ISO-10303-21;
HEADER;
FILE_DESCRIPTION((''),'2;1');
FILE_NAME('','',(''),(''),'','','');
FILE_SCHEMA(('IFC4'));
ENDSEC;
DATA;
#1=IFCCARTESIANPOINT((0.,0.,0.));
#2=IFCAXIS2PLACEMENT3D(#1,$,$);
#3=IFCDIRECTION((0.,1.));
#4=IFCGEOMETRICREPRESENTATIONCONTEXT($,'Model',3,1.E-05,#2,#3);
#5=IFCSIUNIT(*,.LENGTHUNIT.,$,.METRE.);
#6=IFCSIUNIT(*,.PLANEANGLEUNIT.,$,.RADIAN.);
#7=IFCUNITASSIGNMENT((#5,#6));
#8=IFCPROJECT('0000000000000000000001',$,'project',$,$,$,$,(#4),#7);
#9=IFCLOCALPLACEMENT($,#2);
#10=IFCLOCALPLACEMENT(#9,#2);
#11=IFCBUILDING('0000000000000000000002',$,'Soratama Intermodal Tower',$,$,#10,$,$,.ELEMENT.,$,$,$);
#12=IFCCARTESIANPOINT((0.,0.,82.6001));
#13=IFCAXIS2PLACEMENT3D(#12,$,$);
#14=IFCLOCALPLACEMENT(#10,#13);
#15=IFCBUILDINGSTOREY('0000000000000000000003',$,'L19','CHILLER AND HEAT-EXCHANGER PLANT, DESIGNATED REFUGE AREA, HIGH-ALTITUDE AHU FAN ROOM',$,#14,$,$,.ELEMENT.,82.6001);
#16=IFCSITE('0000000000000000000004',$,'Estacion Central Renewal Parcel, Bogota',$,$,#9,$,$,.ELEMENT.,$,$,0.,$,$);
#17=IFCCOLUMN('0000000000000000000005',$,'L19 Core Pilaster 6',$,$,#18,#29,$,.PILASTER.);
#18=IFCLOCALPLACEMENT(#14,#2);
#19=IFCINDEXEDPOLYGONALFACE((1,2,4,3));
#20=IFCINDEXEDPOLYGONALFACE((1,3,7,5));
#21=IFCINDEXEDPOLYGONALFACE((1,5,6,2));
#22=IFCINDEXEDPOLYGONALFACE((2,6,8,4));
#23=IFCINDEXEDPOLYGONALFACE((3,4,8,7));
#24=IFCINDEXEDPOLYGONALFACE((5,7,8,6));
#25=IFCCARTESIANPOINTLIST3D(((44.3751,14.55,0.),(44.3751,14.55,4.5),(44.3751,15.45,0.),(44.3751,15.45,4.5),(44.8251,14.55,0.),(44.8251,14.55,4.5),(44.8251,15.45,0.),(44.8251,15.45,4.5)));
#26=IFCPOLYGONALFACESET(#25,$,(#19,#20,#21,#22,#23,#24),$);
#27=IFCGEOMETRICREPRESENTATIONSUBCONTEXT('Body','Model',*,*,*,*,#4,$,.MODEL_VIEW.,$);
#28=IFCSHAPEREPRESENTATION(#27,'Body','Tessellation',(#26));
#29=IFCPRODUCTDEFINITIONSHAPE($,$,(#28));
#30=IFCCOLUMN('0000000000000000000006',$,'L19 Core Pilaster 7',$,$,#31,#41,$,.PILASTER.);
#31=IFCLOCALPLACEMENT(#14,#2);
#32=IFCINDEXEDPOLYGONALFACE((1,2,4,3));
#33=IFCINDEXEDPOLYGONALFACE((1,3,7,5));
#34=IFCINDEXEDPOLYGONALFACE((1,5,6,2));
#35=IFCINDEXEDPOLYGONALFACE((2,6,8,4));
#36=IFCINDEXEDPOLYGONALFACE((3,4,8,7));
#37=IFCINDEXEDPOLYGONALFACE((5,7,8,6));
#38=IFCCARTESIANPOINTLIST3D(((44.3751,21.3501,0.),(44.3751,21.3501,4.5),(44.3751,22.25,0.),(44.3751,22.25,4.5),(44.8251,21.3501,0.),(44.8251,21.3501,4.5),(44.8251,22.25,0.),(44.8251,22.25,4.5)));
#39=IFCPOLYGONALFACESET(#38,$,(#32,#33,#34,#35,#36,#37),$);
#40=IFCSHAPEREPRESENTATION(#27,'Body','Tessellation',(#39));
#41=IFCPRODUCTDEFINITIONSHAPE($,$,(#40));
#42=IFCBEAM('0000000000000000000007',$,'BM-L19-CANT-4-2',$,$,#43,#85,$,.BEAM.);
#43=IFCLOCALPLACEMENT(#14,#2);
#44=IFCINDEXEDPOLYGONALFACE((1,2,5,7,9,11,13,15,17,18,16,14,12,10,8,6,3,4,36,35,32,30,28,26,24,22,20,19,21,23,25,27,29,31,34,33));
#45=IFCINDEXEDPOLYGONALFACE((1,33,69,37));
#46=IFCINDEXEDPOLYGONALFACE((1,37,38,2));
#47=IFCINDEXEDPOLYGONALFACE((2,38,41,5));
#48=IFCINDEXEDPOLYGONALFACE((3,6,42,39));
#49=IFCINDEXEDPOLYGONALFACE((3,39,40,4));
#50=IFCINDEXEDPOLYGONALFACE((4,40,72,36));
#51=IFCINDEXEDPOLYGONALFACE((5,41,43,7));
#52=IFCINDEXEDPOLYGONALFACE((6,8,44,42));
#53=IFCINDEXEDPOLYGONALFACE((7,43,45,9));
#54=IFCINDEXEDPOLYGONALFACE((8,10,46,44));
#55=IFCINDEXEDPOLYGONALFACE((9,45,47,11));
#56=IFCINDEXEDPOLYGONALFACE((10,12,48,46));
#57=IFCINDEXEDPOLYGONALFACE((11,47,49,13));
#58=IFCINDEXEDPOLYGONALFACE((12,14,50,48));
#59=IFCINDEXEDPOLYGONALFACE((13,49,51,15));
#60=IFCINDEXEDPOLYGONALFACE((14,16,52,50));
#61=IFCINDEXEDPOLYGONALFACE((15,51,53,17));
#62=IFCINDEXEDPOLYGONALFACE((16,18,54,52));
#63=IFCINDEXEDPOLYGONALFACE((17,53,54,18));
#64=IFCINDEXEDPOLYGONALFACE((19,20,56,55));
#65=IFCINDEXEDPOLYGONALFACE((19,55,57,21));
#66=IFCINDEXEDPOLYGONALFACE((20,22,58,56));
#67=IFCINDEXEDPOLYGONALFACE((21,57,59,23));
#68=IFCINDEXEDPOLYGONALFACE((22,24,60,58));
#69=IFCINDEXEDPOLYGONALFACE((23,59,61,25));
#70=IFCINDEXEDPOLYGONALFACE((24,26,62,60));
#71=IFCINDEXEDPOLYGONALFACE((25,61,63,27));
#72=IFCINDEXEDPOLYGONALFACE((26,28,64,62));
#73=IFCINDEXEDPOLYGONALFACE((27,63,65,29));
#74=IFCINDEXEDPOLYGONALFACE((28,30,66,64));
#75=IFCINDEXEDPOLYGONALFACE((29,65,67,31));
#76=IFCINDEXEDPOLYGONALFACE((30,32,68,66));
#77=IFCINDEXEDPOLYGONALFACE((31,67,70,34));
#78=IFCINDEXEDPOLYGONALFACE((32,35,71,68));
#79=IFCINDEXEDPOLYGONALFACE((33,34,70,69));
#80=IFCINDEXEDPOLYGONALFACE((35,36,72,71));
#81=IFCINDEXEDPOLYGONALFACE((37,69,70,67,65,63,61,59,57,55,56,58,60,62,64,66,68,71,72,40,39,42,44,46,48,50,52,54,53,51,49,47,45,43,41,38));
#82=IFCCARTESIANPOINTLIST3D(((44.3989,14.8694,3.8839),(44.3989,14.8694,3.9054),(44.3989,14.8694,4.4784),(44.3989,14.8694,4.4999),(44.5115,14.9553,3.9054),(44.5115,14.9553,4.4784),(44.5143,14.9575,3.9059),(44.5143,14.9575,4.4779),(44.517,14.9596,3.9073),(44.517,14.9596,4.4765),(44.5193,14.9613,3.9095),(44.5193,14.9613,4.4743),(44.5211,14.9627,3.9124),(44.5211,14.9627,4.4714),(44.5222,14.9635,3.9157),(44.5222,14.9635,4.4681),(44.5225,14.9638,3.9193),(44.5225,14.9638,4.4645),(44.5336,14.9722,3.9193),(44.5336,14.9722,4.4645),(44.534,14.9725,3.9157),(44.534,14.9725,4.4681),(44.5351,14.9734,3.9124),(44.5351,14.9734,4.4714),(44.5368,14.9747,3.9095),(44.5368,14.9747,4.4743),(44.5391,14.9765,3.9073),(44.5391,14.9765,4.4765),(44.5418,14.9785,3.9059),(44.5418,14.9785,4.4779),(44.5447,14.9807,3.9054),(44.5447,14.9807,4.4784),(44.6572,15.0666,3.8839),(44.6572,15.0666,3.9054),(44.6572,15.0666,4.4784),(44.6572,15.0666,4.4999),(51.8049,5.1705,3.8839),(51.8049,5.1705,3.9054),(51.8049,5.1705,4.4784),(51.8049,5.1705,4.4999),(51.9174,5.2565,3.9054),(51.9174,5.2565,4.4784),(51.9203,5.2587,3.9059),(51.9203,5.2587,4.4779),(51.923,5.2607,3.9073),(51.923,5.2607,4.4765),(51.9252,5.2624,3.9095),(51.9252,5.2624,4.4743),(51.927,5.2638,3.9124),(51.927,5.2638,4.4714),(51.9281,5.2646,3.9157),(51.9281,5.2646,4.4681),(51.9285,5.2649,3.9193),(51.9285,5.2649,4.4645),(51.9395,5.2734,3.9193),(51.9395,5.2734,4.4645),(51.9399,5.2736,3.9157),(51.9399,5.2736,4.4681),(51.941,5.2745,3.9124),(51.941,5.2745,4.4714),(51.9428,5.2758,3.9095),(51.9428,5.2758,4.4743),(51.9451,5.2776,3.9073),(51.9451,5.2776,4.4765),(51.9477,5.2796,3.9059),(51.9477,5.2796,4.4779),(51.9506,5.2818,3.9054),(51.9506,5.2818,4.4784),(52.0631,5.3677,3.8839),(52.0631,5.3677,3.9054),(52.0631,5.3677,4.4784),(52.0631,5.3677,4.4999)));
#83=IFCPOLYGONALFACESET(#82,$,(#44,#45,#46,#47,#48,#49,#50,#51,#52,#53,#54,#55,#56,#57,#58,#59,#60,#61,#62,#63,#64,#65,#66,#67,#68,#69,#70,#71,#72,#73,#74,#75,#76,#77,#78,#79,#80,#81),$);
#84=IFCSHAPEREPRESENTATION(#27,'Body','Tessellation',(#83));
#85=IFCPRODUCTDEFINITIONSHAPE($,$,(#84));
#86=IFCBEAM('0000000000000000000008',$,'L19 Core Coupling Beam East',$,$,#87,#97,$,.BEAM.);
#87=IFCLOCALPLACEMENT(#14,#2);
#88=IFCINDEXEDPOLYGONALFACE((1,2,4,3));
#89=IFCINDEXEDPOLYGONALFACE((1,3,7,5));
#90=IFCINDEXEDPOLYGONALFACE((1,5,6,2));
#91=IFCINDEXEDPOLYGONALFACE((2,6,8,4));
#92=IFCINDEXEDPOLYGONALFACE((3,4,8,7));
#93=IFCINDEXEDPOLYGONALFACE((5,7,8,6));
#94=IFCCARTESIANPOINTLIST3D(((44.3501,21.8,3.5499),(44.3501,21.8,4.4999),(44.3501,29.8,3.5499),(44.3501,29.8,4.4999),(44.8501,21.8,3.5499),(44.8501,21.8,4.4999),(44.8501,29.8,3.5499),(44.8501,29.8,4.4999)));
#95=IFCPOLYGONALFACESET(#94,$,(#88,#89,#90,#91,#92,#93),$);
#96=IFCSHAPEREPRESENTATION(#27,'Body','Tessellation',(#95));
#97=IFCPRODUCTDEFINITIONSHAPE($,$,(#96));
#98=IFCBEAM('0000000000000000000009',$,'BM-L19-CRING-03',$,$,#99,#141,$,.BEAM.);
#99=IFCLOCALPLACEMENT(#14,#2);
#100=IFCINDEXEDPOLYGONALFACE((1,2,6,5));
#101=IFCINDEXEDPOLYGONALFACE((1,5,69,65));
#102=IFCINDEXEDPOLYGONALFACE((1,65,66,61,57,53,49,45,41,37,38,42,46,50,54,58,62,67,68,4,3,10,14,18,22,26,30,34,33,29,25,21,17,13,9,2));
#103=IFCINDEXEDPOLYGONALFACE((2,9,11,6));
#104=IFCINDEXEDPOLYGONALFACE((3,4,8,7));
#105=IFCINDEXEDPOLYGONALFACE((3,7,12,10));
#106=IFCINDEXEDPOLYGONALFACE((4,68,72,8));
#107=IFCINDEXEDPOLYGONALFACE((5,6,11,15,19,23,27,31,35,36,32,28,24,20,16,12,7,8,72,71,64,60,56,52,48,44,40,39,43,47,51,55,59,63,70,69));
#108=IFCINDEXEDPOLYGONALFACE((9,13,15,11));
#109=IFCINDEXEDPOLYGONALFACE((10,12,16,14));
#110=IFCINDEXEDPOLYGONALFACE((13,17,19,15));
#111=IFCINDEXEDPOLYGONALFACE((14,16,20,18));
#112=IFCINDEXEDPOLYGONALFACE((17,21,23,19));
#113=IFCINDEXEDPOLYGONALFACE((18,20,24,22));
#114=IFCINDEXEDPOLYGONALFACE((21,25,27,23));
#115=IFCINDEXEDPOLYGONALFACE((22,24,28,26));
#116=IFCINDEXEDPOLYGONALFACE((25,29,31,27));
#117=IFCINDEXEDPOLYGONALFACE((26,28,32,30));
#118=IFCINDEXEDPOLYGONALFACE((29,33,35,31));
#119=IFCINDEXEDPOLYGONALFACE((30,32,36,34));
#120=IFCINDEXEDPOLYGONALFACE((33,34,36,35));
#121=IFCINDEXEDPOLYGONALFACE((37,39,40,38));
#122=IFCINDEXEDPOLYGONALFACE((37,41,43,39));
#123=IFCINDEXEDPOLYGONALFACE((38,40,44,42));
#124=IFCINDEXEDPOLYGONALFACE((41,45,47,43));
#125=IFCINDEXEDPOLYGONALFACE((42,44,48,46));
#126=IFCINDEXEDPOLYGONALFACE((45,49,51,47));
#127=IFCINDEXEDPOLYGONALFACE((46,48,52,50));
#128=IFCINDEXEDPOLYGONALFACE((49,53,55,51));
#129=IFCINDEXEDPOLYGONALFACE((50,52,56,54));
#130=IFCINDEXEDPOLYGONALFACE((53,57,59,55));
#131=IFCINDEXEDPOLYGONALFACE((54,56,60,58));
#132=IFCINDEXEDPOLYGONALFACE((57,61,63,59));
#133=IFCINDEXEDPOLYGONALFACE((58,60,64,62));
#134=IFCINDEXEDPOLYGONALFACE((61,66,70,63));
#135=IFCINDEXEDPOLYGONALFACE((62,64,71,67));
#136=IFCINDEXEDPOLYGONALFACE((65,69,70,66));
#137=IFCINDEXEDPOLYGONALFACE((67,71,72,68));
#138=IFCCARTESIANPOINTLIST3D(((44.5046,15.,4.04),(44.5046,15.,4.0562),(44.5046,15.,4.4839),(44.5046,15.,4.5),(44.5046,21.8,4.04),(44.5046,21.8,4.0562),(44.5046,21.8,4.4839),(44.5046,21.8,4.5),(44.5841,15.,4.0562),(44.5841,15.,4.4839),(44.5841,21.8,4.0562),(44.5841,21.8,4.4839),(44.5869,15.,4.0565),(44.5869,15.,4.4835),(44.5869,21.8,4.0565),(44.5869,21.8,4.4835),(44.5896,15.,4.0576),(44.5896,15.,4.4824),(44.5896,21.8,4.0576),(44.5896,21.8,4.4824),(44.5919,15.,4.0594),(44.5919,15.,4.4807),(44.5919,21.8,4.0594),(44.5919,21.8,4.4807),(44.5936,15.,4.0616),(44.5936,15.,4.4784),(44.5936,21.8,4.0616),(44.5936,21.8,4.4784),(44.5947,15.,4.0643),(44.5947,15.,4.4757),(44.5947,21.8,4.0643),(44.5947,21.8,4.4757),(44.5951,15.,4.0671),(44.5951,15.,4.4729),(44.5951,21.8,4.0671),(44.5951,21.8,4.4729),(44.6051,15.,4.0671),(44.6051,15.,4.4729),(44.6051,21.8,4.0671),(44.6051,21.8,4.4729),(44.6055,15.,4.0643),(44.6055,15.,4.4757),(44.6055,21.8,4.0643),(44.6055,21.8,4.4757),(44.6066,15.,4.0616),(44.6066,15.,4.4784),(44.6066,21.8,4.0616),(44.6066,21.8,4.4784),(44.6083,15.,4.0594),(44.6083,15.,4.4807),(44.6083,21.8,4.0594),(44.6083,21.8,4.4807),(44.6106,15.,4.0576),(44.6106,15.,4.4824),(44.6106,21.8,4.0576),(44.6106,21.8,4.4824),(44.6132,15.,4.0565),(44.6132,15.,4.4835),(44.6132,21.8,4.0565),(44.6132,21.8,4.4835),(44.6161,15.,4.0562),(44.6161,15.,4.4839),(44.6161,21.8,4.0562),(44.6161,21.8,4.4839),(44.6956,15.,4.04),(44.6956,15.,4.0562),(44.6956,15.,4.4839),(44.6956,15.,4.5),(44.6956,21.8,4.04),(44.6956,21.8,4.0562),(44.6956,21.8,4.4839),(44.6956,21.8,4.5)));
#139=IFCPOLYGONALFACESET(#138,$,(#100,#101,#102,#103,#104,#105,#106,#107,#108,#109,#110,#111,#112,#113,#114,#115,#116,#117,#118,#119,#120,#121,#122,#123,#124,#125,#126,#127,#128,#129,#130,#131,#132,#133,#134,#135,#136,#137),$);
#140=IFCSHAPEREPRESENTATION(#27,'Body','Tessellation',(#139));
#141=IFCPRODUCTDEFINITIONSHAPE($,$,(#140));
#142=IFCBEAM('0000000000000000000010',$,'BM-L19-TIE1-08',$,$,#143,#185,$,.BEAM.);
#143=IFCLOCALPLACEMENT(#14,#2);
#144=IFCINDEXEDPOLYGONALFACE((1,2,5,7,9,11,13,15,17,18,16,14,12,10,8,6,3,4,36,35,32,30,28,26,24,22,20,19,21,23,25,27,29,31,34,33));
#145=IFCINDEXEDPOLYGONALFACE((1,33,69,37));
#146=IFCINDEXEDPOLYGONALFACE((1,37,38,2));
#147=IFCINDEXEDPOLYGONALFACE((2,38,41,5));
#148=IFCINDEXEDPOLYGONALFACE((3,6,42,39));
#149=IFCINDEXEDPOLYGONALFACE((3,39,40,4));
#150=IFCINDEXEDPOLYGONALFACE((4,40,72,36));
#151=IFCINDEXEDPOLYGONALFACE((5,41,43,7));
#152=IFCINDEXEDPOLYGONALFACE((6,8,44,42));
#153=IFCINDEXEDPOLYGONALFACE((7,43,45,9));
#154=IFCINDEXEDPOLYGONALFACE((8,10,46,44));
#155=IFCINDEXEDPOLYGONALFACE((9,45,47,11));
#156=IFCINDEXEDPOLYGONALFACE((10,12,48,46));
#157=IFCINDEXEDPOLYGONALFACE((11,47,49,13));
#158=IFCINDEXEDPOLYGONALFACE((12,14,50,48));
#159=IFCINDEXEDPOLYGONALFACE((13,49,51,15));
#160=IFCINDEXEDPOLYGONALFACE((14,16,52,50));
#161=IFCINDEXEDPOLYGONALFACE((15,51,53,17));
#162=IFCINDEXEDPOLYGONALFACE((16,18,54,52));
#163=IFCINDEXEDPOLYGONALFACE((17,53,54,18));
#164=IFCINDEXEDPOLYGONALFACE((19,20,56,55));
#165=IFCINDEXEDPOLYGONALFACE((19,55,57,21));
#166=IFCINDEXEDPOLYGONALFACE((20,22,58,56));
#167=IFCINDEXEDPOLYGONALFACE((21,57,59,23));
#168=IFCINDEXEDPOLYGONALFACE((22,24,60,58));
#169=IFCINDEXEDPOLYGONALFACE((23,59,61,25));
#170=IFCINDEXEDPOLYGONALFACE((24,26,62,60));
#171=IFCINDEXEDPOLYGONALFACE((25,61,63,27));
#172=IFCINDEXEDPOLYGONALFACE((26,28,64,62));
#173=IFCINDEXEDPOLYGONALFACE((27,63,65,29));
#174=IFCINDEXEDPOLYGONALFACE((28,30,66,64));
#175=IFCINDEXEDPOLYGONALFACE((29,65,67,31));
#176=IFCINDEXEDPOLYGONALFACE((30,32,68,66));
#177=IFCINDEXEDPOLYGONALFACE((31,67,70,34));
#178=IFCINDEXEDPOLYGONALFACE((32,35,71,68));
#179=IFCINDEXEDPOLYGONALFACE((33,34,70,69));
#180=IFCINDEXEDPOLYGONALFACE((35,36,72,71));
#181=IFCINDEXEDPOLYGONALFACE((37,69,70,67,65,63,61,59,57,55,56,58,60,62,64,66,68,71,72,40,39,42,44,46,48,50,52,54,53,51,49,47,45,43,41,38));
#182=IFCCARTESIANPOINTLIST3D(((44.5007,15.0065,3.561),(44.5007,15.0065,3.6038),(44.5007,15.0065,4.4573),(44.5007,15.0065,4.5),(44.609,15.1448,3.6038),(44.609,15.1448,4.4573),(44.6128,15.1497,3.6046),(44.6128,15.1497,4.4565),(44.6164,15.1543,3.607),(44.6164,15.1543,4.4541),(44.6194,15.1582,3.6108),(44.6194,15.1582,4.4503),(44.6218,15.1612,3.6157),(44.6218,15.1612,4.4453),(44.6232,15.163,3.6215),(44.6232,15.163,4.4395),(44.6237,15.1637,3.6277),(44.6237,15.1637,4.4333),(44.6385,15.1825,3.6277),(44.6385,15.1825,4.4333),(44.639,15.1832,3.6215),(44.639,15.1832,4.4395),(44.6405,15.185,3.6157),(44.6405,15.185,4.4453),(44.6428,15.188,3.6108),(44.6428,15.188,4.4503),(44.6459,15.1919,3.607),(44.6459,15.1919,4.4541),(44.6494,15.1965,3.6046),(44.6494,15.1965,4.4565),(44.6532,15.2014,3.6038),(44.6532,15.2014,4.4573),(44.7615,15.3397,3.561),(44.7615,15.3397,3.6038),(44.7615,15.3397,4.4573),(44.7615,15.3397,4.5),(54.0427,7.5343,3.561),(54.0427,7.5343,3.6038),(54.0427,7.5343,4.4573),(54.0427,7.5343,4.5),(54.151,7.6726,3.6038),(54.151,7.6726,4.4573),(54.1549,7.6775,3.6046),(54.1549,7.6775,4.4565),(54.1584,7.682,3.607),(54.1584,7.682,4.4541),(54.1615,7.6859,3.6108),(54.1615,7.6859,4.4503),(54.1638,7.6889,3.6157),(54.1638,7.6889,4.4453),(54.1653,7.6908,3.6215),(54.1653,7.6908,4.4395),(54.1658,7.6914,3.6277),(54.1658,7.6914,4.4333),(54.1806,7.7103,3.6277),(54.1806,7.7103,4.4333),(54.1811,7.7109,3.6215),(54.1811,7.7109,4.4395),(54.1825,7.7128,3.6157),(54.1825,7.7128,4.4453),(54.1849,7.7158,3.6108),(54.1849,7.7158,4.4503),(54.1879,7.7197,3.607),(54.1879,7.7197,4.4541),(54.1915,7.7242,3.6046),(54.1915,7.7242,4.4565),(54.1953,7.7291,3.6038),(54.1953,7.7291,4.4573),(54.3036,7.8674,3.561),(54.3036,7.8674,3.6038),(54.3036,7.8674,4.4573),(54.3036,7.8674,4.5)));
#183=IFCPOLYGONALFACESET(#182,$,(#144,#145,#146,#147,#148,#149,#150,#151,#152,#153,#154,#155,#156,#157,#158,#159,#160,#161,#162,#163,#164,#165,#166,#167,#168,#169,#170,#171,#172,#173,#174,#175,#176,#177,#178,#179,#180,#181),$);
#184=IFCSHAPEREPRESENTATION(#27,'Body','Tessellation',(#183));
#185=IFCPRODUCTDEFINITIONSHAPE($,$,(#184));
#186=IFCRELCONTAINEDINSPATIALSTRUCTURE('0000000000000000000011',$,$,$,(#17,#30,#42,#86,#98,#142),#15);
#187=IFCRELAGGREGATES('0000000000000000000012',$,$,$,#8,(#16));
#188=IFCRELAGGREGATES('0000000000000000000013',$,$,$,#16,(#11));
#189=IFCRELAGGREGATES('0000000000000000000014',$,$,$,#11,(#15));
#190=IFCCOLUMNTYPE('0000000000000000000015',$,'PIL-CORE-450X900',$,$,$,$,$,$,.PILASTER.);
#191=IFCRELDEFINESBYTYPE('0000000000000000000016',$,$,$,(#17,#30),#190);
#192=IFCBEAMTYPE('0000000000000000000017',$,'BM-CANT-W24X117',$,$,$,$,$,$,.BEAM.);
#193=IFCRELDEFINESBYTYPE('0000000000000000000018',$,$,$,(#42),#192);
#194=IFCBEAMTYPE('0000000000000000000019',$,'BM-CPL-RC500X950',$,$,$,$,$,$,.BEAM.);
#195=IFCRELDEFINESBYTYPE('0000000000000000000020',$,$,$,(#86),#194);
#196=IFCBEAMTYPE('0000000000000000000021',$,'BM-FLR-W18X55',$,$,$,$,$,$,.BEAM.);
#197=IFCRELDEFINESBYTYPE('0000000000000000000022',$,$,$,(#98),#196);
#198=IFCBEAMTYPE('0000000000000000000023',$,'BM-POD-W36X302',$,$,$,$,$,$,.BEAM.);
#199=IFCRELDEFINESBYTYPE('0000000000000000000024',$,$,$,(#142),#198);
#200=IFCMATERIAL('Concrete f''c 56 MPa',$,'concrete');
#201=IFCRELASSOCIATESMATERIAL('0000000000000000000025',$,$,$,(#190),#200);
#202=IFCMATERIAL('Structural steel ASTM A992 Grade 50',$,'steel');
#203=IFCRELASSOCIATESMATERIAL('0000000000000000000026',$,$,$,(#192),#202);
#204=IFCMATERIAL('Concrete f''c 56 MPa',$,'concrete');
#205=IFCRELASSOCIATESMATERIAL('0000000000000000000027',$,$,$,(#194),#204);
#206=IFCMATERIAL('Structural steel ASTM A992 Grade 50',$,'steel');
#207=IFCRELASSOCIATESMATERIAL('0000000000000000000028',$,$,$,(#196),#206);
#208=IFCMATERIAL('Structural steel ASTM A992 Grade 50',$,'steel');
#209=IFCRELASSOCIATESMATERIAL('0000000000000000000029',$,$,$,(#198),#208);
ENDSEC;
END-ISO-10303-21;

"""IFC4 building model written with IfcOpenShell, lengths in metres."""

from ifc_helpers import new_model, si_unit, direction, frame, origin, origin_2d, place, context, subcontext, project, spatial, rectangle, i_section, extrude, material, material_profile, profile_set, type_object, element, save


model = new_model("IFC4")

# Units and contexts
model_context = context("Model", 3, precision=1e-05, world=origin(), true_north=direction((0.0, 1.0)))
body_context = subcontext(model_context, "Body", "Model", "MODEL_VIEW")
ifc_project = project(units=[si_unit("LENGTHUNIT", "METRE"), si_unit("PLANEANGLEUNIT", "RADIAN")], contexts=[model_context])

# Site, building, storey
site_placement = place(None, origin())
site = spatial("IfcSite", under=ifc_project, at=site_placement, Name="Estacion Central Renewal Parcel, Bogota", CompositionType="ELEMENT", RefElevation=0.0)
building_placement = place(site_placement, origin())
building = spatial("IfcBuilding", under=site, at=building_placement, Name="Soratama Intermodal Tower", CompositionType="ELEMENT")
storey_placement = place(building_placement, frame((0.0, 0.0, 82.6001)))
storey = spatial("IfcBuildingStorey", under=building, at=storey_placement, Name="L19", Description="CHILLER AND HEAT-EXCHANGER PLANT, DESIGNATED REFUGE AREA, HIGH-ALTITUDE AHU FAN ROOM", CompositionType="ELEMENT", Elevation=82.6001)

# Columns
ifc_material_1 = material(Name="Concrete f'c 56 MPa", Category="concrete")
ifc_material_profile_1 = material_profile(ifc_material_1, rectangle(XDim=0.45, YDim=0.8999, at=origin_2d()), Name="RC450X900")
ifc_profile_set_1 = profile_set([ifc_material_profile_1], Name="Concrete f'c 56 MPa")
column_type = type_object("IfcColumnType", Name="PIL-CORE-450X900", PredefinedType="PILASTER", material=ifc_profile_set_1)
for number, where, z_axis, x_axis, name in (
    (1, (44.6001, 15.0, 0.0), (0.0, 0.0, 1.0), (1.0, 0.0, 0.0), "L19 Core Pilaster 6"),
    (2, (44.6001, 21.8, 0.0), (0.0, 0.0, 1.0), (1.0, 0.0, 0.0), "L19 Core Pilaster 7"),
):
    element("IfcColumn", number, at=place(storey_placement, frame(where, z_axis=z_axis, x_axis=x_axis)), inside=storey, type_object=column_type, Name=name, PredefinedType="PILASTER", context=body_context, shape_type="SweptSolid", body=[
        extrude(rectangle(XDim=0.45, YDim=0.8999, at=origin_2d()), origin(), (0.0, 0.0, 1.0), 4.5),
    ])

# Beams
ifc_material_2 = material(Name="Structural steel ASTM A992 Grade 50", Category="steel")
ifc_material_profile_2 = material_profile(ifc_material_2, i_section(OverallWidth=0.325, OverallDepth=0.616, WebThickness=0.0139, FlangeThickness=0.0215, FilletRadius=0.0139, at=origin_2d()), Name="W24X117")
ifc_profile_set_2 = profile_set([ifc_material_profile_2], Name="Structural steel ASTM A992 Grade 50")
beam_type_1 = type_object("IfcBeamType", Name="BM-CANT-W24X117", PredefinedType="BEAM", material=ifc_profile_set_2)
beam_1_placement = place(storey_placement, frame((44.5281, 14.968, 4.1919), z_axis=(0.606889, -0.794787, 0.0), x_axis=(0.794787, 0.606889, 0.0)))
element("IfcBeam", 3, at=beam_1_placement, inside=storey, type_object=beam_type_1, Name="BM-L19-CANT-4-2", PredefinedType="BEAM", context=body_context, shape_type="SweptSolid", body=[
    extrude(i_section(OverallWidth=0.325, OverallDepth=0.616, WebThickness=0.0139, FlangeThickness=0.0215, FilletRadius=0.0139, at=origin_2d()), origin(), (0.0, 0.0, 1.0), 12.2031),
])
ifc_material_3 = material(Name="Concrete f'c 56 MPa", Category="concrete")
ifc_material_profile_3 = material_profile(ifc_material_3, rectangle(XDim=0.5, YDim=0.95, at=origin_2d()), Name="RC500X950")
ifc_profile_set_3 = profile_set([ifc_material_profile_3], Name="Concrete f'c 56 MPa")
beam_type_2 = type_object("IfcBeamType", Name="BM-CPL-RC500X950", PredefinedType="BEAM", material=ifc_profile_set_3)
beam_2_placement = place(storey_placement, frame((44.6001, 21.8, 4.0249), z_axis=(0.0, 1.0, 0.0), x_axis=(-1.0, 0.0, 0.0)))
element("IfcBeam", 4, at=beam_2_placement, inside=storey, type_object=beam_type_2, Name="L19 Core Coupling Beam East", PredefinedType="BEAM", context=body_context, shape_type="SweptSolid", body=[
    extrude(rectangle(XDim=0.5, YDim=0.95, at=origin_2d()), origin(), (0.0, 0.0, 1.0), 8.0),
])
ifc_material_4 = material(Name="Structural steel ASTM A992 Grade 50", Category="steel")
ifc_material_profile_4 = material_profile(ifc_material_4, i_section(OverallWidth=0.1909, OverallDepth=0.46, WebThickness=0.01, FlangeThickness=0.0161, FilletRadius=0.011, at=origin_2d()), Name="W18X55")
ifc_profile_set_4 = profile_set([ifc_material_profile_4], Name="Structural steel ASTM A992 Grade 50")
beam_type_3 = type_object("IfcBeamType", Name="BM-FLR-W18X55", PredefinedType="BEAM", material=ifc_profile_set_4)
beam_3_placement = place(storey_placement, frame((44.6001, 15.0, 4.27), z_axis=(0.0, 1.0, 0.0), x_axis=(-1.0, 0.0, 0.0)))
element("IfcBeam", 5, at=beam_3_placement, inside=storey, type_object=beam_type_3, Name="BM-L19-CRING-03", PredefinedType="BEAM", context=body_context, shape_type="SweptSolid", body=[
    extrude(i_section(OverallWidth=0.1909, OverallDepth=0.46, WebThickness=0.01, FlangeThickness=0.0161, FilletRadius=0.011, at=origin_2d()), origin(), (0.0, 0.0, 1.0), 6.8),
])
ifc_material_5 = material(Name="Structural steel ASTM A992 Grade 50", Category="steel")
ifc_material_profile_5 = material_profile(ifc_material_5, i_section(OverallWidth=0.4231, OverallDepth=0.939, WebThickness=0.0239, FlangeThickness=0.0427, FilletRadius=0.0239, at=origin_2d()), Name="W36X302")
ifc_profile_set_5 = profile_set([ifc_material_profile_5], Name="Structural steel ASTM A992 Grade 50")
beam_type_4 = type_object("IfcBeamType", Name="BM-POD-W36X302", PredefinedType="BEAM", material=ifc_profile_set_5)
beam_4_placement = place(storey_placement, frame((44.6311, 15.1731, 4.0305), z_axis=(0.787324, -0.61654, 0.0), x_axis=(0.61654, 0.787324, 0.0)))
element("IfcBeam", 6, at=beam_4_placement, inside=storey, type_object=beam_type_4, Name="BM-L19-TIE1-08", PredefinedType="BEAM", context=body_context, shape_type="SweptSolid", body=[
    extrude(i_section(OverallWidth=0.4231, OverallDepth=0.939, WebThickness=0.0239, FlangeThickness=0.0427, FilletRadius=0.0239, at=origin_2d()), origin(), (0.0, 0.0, 1.0), 12.1196),
])

save(model, "model.ifc")
